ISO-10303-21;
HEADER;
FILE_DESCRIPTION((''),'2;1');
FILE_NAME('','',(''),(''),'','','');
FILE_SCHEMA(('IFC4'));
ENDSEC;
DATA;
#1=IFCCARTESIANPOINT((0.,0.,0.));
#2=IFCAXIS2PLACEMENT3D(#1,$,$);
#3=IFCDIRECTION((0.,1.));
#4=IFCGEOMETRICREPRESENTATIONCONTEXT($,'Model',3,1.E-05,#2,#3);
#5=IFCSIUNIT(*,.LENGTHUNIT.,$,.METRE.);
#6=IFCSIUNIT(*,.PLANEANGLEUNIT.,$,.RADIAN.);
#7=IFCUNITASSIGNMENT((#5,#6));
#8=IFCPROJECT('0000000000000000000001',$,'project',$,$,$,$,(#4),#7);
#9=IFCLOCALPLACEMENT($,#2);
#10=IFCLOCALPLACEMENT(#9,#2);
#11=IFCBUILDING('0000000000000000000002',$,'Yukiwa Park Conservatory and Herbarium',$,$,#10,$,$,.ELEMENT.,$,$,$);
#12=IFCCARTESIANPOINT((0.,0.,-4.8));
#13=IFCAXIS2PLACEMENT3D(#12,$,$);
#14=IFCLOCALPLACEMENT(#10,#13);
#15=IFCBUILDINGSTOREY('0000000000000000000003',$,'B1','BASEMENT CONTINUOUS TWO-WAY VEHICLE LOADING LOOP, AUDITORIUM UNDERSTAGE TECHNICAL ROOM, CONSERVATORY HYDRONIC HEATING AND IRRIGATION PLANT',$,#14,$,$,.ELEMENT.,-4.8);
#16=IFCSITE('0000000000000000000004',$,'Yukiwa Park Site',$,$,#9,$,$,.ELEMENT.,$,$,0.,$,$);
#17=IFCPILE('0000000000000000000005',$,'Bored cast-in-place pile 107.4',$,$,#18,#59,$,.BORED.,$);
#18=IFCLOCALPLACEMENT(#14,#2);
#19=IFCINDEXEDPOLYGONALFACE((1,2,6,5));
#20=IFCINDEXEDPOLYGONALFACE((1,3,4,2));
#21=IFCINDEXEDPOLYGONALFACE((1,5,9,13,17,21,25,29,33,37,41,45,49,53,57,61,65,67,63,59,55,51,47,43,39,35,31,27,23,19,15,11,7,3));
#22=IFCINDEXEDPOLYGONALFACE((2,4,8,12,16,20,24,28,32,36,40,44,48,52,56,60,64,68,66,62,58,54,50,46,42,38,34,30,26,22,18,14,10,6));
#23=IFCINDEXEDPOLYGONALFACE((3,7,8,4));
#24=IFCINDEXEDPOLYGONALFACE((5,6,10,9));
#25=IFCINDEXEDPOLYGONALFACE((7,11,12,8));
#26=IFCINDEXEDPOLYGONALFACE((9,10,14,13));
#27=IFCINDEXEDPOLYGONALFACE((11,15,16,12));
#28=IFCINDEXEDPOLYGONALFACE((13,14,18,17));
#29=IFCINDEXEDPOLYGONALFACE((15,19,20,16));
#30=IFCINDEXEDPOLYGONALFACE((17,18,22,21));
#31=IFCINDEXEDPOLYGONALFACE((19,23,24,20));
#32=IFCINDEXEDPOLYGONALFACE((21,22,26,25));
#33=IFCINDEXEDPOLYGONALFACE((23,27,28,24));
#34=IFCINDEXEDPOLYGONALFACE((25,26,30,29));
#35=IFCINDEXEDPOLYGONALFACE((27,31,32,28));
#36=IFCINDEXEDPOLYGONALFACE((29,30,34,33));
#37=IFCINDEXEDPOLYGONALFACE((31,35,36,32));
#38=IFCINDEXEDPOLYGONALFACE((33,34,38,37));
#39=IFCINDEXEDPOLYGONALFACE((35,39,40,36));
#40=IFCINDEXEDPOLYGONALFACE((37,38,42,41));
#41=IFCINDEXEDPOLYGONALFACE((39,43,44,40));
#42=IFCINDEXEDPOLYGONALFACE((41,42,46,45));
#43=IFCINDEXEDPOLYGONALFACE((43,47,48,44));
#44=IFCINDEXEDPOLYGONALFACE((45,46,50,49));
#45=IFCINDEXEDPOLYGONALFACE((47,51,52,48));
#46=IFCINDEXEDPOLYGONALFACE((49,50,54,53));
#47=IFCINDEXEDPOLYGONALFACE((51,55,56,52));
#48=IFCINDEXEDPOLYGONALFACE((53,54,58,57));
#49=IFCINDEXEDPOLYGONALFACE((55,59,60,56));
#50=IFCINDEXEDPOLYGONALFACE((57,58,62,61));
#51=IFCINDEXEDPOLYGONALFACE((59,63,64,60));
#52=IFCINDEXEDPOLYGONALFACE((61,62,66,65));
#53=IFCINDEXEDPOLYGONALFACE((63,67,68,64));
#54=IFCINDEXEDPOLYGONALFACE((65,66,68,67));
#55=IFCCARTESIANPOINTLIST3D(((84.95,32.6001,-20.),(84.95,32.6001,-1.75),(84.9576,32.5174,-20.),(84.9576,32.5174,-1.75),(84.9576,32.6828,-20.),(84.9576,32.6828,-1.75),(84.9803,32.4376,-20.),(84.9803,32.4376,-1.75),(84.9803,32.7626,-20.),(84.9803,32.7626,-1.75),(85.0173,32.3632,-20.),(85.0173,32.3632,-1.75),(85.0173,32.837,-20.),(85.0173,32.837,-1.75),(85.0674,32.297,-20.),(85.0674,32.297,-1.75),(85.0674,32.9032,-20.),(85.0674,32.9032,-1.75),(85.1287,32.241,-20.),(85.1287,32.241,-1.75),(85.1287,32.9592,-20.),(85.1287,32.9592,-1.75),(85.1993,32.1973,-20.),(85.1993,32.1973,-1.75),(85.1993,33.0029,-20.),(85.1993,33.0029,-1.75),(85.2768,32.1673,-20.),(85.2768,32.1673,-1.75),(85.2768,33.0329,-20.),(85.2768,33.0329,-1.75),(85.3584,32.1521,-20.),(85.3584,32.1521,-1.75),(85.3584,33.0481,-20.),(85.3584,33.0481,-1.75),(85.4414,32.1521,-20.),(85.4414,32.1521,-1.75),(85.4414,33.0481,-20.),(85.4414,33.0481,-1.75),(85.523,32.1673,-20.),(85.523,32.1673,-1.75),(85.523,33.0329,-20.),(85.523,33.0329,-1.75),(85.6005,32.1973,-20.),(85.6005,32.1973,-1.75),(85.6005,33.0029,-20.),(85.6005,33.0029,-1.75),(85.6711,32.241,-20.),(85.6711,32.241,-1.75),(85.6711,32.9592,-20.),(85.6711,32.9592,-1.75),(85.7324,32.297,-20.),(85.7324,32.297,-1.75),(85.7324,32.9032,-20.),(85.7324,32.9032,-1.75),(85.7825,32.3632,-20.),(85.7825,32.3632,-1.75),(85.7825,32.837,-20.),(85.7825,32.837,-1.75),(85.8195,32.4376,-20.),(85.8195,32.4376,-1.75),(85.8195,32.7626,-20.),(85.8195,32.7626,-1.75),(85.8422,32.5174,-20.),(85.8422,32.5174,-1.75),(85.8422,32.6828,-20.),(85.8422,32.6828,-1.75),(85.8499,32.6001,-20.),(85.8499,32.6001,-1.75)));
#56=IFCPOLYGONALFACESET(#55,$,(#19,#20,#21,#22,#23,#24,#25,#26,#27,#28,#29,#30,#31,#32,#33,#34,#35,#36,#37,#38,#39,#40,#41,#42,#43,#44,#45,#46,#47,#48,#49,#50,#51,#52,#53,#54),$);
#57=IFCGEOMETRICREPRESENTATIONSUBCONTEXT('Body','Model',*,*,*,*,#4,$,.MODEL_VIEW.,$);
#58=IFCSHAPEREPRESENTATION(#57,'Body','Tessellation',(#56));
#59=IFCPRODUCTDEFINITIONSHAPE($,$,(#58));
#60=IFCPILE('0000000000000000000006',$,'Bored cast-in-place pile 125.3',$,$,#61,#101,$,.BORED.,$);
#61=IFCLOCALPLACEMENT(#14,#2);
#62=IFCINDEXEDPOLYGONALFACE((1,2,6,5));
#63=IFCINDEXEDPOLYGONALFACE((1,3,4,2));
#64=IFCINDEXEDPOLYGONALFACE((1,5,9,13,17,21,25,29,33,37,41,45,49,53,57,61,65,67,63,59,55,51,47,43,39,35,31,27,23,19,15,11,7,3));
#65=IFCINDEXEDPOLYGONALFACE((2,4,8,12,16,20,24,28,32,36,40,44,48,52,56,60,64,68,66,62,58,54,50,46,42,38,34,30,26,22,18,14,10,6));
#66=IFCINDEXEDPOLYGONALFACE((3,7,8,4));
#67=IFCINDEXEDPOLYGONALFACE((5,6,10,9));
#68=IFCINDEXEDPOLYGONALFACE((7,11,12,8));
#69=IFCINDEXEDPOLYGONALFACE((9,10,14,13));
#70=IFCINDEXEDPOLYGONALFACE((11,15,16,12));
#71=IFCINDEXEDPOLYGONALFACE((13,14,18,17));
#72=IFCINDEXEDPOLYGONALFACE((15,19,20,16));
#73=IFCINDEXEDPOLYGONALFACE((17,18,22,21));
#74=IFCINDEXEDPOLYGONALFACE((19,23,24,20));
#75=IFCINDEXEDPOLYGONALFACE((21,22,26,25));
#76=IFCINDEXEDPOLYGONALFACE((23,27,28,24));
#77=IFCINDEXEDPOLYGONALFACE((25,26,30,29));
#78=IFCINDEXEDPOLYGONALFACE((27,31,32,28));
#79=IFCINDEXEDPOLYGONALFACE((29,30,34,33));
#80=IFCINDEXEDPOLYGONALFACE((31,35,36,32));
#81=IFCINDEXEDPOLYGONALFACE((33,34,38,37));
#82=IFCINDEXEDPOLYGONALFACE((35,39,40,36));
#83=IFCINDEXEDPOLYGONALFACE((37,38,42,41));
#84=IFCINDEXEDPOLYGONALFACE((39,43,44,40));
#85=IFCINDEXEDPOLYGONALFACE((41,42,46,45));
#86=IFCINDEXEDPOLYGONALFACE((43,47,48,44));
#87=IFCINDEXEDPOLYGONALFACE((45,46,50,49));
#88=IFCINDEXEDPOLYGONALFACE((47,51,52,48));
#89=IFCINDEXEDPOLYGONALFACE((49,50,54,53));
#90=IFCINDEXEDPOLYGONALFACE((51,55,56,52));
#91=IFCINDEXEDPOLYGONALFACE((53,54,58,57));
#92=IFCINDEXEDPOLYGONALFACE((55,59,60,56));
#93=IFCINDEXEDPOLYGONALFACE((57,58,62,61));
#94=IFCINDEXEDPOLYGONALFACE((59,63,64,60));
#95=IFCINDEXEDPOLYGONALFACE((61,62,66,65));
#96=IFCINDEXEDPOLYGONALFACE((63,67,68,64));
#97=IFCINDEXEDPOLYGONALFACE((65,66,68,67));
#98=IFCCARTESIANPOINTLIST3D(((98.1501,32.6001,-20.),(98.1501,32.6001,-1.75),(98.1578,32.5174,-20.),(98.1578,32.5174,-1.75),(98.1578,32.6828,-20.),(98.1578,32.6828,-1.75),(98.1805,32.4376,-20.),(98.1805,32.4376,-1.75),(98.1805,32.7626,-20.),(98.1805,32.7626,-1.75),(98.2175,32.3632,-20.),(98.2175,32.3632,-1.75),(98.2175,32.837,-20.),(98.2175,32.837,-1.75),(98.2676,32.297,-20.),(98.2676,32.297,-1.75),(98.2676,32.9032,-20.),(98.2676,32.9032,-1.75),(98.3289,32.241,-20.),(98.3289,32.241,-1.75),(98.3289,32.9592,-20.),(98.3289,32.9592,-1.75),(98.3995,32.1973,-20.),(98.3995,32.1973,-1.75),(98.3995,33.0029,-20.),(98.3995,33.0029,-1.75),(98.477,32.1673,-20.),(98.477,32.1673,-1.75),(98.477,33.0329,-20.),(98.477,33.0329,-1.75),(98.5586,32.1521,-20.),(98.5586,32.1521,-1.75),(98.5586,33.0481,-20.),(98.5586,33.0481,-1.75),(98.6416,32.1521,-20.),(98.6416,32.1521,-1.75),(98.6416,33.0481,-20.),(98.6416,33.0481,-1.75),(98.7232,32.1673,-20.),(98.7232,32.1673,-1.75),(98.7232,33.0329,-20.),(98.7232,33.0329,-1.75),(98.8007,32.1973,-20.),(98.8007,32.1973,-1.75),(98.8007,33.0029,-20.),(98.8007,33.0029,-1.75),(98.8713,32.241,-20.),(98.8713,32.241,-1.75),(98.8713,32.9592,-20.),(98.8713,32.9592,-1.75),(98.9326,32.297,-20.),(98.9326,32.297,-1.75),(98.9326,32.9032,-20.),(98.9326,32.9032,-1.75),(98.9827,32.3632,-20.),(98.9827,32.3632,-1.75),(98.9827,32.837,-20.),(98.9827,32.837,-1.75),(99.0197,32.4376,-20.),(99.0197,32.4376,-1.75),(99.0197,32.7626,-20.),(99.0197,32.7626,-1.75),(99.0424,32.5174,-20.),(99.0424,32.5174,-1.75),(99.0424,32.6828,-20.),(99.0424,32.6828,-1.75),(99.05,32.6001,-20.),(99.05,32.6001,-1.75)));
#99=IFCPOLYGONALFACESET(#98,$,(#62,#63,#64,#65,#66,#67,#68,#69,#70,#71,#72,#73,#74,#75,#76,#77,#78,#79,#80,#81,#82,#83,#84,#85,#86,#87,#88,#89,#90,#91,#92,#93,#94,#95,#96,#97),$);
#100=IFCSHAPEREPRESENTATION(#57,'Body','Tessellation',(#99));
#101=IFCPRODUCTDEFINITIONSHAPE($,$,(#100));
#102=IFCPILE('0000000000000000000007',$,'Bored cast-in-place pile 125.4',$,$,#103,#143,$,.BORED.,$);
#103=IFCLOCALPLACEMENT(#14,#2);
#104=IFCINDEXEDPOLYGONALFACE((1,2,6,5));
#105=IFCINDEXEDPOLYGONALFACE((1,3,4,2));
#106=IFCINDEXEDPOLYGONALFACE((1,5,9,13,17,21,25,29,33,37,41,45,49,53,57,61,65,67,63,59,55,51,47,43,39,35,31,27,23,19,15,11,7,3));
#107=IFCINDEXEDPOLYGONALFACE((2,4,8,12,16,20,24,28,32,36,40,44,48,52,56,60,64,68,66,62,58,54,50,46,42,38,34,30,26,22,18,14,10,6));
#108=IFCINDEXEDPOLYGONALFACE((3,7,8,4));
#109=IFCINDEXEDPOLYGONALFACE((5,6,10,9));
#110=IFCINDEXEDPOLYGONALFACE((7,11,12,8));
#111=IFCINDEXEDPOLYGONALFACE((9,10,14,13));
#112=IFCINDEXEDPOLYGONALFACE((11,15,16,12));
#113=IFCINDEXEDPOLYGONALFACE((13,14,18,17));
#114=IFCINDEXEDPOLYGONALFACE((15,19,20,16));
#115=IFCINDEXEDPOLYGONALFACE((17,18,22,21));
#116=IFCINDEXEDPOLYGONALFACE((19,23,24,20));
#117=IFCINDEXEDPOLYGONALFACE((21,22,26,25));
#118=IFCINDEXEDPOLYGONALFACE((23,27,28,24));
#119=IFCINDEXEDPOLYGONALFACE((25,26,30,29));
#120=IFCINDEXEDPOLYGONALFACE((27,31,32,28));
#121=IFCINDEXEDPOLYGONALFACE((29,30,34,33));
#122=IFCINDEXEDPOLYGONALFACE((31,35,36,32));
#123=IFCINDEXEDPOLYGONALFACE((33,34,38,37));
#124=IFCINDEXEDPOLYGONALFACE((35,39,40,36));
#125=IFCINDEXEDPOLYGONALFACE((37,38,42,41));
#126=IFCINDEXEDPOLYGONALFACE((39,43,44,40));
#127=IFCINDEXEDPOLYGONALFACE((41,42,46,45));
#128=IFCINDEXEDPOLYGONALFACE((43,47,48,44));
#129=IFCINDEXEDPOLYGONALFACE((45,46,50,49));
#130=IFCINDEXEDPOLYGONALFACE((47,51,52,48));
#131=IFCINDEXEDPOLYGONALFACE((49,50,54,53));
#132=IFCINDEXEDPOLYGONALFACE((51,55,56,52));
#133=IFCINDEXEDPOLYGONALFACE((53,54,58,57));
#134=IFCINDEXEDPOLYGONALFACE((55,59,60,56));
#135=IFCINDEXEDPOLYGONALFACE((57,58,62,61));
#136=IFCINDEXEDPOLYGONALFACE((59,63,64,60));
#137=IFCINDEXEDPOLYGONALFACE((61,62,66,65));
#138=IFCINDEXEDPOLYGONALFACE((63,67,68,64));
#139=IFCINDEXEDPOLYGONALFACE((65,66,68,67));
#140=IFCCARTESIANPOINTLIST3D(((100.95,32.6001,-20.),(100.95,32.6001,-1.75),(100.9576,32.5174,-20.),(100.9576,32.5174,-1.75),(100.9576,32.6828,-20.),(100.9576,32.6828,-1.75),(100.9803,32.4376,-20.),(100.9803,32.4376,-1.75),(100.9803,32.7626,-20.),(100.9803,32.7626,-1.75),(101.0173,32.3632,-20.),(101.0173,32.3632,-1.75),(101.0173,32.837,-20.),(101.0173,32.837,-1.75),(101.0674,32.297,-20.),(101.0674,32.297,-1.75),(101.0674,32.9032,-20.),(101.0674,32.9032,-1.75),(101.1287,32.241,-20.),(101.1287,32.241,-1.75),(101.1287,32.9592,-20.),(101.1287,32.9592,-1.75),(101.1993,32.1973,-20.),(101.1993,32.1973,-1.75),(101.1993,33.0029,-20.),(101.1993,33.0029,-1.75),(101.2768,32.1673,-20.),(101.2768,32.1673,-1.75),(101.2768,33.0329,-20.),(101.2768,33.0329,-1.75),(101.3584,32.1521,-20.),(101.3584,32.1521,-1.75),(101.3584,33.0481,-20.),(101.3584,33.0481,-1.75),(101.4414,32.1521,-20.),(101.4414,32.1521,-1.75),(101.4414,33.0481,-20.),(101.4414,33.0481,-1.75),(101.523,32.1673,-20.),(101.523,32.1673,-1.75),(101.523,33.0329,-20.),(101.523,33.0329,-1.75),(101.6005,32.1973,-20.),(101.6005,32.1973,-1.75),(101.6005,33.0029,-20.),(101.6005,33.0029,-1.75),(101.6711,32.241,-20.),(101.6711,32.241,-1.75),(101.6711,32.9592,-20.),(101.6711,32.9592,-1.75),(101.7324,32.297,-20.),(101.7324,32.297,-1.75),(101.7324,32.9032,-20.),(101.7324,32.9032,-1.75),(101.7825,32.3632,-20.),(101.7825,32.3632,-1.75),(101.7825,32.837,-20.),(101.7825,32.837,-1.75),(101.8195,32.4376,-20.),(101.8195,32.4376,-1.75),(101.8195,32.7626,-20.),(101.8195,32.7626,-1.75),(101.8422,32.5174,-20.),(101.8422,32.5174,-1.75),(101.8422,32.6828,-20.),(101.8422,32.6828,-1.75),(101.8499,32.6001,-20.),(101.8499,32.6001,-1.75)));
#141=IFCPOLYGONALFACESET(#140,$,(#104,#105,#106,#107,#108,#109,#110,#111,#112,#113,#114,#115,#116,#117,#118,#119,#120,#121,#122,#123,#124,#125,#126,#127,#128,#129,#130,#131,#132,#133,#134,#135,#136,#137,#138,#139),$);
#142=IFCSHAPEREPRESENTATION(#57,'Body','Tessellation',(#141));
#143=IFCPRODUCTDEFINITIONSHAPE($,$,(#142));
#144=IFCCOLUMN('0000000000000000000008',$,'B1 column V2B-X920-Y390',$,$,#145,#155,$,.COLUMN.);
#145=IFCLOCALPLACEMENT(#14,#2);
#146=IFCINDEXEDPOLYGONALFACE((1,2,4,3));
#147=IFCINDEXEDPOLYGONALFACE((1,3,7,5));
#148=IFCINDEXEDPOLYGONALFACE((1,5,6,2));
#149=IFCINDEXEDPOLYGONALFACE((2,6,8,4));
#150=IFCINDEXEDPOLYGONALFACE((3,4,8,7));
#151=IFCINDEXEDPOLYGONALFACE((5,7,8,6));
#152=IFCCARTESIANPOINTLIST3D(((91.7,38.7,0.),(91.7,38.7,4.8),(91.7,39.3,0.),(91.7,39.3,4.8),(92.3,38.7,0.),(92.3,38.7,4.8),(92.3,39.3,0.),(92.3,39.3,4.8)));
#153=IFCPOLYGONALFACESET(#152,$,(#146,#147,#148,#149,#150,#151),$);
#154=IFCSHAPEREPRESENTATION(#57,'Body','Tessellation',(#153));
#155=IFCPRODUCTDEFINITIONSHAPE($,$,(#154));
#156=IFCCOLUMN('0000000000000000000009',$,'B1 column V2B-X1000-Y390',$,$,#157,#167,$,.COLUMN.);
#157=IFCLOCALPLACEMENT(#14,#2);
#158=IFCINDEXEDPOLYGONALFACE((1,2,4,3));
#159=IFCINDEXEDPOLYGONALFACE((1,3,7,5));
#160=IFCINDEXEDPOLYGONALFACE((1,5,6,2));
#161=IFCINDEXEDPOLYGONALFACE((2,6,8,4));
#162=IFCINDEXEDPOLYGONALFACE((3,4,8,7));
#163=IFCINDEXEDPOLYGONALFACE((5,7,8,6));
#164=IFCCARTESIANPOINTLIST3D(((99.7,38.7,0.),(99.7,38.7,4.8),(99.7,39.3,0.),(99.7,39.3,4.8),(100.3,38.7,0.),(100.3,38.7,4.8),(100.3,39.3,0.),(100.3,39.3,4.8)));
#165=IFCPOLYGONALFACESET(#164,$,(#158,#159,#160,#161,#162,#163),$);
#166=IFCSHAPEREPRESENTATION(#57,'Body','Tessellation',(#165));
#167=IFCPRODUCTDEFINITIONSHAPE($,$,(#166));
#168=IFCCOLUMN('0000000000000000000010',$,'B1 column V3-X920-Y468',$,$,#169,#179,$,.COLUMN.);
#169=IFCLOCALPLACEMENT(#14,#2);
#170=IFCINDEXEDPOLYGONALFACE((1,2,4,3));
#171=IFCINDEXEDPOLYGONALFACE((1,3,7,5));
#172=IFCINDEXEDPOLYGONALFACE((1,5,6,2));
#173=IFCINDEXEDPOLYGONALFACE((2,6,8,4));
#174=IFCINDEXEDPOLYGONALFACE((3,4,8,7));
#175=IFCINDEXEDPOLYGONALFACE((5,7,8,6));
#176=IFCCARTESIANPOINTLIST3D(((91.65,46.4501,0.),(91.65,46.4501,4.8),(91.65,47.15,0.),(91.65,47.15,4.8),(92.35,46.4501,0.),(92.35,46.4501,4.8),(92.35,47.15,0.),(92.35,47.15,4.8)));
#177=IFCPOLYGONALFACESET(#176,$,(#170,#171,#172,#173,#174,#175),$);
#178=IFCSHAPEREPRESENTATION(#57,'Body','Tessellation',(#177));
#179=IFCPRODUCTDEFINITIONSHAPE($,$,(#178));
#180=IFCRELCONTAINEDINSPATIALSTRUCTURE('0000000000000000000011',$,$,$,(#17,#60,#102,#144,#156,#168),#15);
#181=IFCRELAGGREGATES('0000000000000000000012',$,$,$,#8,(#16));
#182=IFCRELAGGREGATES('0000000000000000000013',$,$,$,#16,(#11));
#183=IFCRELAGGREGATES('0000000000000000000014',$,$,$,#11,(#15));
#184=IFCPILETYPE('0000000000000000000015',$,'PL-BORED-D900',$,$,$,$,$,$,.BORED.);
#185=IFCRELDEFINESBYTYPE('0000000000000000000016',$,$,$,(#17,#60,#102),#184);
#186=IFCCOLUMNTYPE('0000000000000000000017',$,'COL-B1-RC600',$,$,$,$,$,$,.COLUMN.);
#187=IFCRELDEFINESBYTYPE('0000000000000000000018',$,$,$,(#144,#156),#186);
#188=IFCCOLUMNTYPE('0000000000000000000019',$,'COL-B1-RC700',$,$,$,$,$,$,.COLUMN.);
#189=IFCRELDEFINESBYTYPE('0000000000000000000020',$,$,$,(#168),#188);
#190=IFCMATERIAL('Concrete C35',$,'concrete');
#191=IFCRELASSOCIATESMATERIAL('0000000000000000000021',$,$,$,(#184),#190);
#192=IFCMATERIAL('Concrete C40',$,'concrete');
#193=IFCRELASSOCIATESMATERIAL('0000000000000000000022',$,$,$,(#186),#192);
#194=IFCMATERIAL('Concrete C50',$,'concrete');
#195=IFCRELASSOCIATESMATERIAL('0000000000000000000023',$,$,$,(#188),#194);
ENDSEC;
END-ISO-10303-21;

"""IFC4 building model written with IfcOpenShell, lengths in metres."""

from ifc_helpers import new_model, si_unit, direction, frame, origin, origin_2d, place, context, subcontext, project, spatial, rectangle, circle, extrude, material, material_profile, profile_set, type_object, element, save


model = new_model("IFC4")

# Units and contexts
model_context = context("Model", 3, precision=1e-05, world=origin(), true_north=direction((0.0, 1.0)))
body_context = subcontext(model_context, "Body", "Model", "MODEL_VIEW")
ifc_project = project(units=[si_unit("LENGTHUNIT", "METRE"), si_unit("PLANEANGLEUNIT", "RADIAN")], contexts=[model_context])

# Site, building, storey
site_placement = place(None, origin())
site = spatial("IfcSite", under=ifc_project, at=site_placement, Name="Yukiwa Park Site", CompositionType="ELEMENT", RefElevation=0.0)
building_placement = place(site_placement, origin())
building = spatial("IfcBuilding", under=site, at=building_placement, Name="Yukiwa Park Conservatory and Herbarium", CompositionType="ELEMENT")
storey_placement = place(building_placement, frame((0.0, 0.0, -4.8)))
storey = spatial("IfcBuildingStorey", under=building, at=storey_placement, Name="B1", Description="BASEMENT CONTINUOUS TWO-WAY VEHICLE LOADING LOOP, AUDITORIUM UNDERSTAGE TECHNICAL ROOM, CONSERVATORY HYDRONIC HEATING AND IRRIGATION PLANT", CompositionType="ELEMENT", Elevation=-4.8)

# Piles
ifc_material_1 = material(Name="Concrete C35", Category="concrete")
ifc_material_profile_1 = material_profile(ifc_material_1, circle(Radius=0.45, at=origin_2d()), Name="PILE D900")
ifc_profile_set_1 = profile_set([ifc_material_profile_1], Name="Concrete C35")
pile_type_1 = type_object("IfcPileType", Name="PL-BORED-D900", PredefinedType="BORED", material=ifc_profile_set_1)
for number, where, z_axis, x_axis, name in (
    (1, (85.3999, 32.6001, -1.75), (0.0, 0.0, -1.0), (1.0, 0.0, 0.0), "Bored cast-in-place pile 107.4"),
    (2, (98.6001, 32.6001, -1.75), (0.0, 0.0, -1.0), (1.0, 0.0, 0.0), "Bored cast-in-place pile 125.3"),
    (3, (101.3999, 32.6001, -1.75), (0.0, 0.0, -1.0), (1.0, 0.0, 0.0), "Bored cast-in-place pile 125.4"),
):
    element("IfcPile", number, at=place(storey_placement, frame(where, z_axis=z_axis, x_axis=x_axis)), inside=storey, type_object=pile_type_1, Name=name, PredefinedType="BORED", context=body_context, shape_type="SweptSolid", body=[
        extrude(circle(Radius=0.45, at=origin_2d()), origin(), (0.0, 0.0, 1.0), 18.25),
    ])

# Columns
ifc_material_2 = material(Name="Concrete C40", Category="concrete")
ifc_material_profile_2 = material_profile(ifc_material_2, rectangle(XDim=0.6001, YDim=0.6001, at=origin_2d()), Name="RC 600x600")
ifc_profile_set_2 = profile_set([ifc_material_profile_2], Name="Concrete C40")
column_type_1 = type_object("IfcColumnType", Name="COL-B1-RC600", PredefinedType="COLUMN", material=ifc_profile_set_2)
for number, where, z_axis, x_axis, name in (
    (4, (92.0, 39.0, 0.0), (0.0, 0.0, 1.0), (1.0, 0.0, 0.0), "B1 column V2B-X920-Y390"),
    (5, (100.0, 39.0, 0.0), (0.0, 0.0, 1.0), (1.0, 0.0, 0.0), "B1 column V2B-X1000-Y390"),
):
    element("IfcColumn", number, at=place(storey_placement, frame(where, z_axis=z_axis, x_axis=x_axis)), inside=storey, type_object=column_type_1, Name=name, PredefinedType="COLUMN", context=body_context, shape_type="SweptSolid", body=[
        extrude(rectangle(XDim=0.6001, YDim=0.6001, at=origin_2d()), origin(), (0.0, 0.0, 1.0), 4.8),
    ])
ifc_material_3 = material(Name="Concrete C50", Category="concrete")
ifc_material_profile_3 = material_profile(ifc_material_3, rectangle(XDim=0.7, YDim=0.7, at=origin_2d()), Name="RC 700x700")
ifc_profile_set_3 = profile_set([ifc_material_profile_3], Name="Concrete C50")
column_type_2 = type_object("IfcColumnType", Name="COL-B1-RC700", PredefinedType="COLUMN", material=ifc_profile_set_3)
column_placement = place(storey_placement, frame((92.0, 46.8, 0.0), z_axis=(0.0, 0.0, 1.0), x_axis=(1.0, 0.0, 0.0)))
element("IfcColumn", 6, at=column_placement, inside=storey, type_object=column_type_2, Name="B1 column V3-X920-Y468", PredefinedType="COLUMN", context=body_context, shape_type="SweptSolid", body=[
    extrude(rectangle(XDim=0.7, YDim=0.7, at=origin_2d()), origin(), (0.0, 0.0, 1.0), 4.8),
])

save(model, "model.ifc")
